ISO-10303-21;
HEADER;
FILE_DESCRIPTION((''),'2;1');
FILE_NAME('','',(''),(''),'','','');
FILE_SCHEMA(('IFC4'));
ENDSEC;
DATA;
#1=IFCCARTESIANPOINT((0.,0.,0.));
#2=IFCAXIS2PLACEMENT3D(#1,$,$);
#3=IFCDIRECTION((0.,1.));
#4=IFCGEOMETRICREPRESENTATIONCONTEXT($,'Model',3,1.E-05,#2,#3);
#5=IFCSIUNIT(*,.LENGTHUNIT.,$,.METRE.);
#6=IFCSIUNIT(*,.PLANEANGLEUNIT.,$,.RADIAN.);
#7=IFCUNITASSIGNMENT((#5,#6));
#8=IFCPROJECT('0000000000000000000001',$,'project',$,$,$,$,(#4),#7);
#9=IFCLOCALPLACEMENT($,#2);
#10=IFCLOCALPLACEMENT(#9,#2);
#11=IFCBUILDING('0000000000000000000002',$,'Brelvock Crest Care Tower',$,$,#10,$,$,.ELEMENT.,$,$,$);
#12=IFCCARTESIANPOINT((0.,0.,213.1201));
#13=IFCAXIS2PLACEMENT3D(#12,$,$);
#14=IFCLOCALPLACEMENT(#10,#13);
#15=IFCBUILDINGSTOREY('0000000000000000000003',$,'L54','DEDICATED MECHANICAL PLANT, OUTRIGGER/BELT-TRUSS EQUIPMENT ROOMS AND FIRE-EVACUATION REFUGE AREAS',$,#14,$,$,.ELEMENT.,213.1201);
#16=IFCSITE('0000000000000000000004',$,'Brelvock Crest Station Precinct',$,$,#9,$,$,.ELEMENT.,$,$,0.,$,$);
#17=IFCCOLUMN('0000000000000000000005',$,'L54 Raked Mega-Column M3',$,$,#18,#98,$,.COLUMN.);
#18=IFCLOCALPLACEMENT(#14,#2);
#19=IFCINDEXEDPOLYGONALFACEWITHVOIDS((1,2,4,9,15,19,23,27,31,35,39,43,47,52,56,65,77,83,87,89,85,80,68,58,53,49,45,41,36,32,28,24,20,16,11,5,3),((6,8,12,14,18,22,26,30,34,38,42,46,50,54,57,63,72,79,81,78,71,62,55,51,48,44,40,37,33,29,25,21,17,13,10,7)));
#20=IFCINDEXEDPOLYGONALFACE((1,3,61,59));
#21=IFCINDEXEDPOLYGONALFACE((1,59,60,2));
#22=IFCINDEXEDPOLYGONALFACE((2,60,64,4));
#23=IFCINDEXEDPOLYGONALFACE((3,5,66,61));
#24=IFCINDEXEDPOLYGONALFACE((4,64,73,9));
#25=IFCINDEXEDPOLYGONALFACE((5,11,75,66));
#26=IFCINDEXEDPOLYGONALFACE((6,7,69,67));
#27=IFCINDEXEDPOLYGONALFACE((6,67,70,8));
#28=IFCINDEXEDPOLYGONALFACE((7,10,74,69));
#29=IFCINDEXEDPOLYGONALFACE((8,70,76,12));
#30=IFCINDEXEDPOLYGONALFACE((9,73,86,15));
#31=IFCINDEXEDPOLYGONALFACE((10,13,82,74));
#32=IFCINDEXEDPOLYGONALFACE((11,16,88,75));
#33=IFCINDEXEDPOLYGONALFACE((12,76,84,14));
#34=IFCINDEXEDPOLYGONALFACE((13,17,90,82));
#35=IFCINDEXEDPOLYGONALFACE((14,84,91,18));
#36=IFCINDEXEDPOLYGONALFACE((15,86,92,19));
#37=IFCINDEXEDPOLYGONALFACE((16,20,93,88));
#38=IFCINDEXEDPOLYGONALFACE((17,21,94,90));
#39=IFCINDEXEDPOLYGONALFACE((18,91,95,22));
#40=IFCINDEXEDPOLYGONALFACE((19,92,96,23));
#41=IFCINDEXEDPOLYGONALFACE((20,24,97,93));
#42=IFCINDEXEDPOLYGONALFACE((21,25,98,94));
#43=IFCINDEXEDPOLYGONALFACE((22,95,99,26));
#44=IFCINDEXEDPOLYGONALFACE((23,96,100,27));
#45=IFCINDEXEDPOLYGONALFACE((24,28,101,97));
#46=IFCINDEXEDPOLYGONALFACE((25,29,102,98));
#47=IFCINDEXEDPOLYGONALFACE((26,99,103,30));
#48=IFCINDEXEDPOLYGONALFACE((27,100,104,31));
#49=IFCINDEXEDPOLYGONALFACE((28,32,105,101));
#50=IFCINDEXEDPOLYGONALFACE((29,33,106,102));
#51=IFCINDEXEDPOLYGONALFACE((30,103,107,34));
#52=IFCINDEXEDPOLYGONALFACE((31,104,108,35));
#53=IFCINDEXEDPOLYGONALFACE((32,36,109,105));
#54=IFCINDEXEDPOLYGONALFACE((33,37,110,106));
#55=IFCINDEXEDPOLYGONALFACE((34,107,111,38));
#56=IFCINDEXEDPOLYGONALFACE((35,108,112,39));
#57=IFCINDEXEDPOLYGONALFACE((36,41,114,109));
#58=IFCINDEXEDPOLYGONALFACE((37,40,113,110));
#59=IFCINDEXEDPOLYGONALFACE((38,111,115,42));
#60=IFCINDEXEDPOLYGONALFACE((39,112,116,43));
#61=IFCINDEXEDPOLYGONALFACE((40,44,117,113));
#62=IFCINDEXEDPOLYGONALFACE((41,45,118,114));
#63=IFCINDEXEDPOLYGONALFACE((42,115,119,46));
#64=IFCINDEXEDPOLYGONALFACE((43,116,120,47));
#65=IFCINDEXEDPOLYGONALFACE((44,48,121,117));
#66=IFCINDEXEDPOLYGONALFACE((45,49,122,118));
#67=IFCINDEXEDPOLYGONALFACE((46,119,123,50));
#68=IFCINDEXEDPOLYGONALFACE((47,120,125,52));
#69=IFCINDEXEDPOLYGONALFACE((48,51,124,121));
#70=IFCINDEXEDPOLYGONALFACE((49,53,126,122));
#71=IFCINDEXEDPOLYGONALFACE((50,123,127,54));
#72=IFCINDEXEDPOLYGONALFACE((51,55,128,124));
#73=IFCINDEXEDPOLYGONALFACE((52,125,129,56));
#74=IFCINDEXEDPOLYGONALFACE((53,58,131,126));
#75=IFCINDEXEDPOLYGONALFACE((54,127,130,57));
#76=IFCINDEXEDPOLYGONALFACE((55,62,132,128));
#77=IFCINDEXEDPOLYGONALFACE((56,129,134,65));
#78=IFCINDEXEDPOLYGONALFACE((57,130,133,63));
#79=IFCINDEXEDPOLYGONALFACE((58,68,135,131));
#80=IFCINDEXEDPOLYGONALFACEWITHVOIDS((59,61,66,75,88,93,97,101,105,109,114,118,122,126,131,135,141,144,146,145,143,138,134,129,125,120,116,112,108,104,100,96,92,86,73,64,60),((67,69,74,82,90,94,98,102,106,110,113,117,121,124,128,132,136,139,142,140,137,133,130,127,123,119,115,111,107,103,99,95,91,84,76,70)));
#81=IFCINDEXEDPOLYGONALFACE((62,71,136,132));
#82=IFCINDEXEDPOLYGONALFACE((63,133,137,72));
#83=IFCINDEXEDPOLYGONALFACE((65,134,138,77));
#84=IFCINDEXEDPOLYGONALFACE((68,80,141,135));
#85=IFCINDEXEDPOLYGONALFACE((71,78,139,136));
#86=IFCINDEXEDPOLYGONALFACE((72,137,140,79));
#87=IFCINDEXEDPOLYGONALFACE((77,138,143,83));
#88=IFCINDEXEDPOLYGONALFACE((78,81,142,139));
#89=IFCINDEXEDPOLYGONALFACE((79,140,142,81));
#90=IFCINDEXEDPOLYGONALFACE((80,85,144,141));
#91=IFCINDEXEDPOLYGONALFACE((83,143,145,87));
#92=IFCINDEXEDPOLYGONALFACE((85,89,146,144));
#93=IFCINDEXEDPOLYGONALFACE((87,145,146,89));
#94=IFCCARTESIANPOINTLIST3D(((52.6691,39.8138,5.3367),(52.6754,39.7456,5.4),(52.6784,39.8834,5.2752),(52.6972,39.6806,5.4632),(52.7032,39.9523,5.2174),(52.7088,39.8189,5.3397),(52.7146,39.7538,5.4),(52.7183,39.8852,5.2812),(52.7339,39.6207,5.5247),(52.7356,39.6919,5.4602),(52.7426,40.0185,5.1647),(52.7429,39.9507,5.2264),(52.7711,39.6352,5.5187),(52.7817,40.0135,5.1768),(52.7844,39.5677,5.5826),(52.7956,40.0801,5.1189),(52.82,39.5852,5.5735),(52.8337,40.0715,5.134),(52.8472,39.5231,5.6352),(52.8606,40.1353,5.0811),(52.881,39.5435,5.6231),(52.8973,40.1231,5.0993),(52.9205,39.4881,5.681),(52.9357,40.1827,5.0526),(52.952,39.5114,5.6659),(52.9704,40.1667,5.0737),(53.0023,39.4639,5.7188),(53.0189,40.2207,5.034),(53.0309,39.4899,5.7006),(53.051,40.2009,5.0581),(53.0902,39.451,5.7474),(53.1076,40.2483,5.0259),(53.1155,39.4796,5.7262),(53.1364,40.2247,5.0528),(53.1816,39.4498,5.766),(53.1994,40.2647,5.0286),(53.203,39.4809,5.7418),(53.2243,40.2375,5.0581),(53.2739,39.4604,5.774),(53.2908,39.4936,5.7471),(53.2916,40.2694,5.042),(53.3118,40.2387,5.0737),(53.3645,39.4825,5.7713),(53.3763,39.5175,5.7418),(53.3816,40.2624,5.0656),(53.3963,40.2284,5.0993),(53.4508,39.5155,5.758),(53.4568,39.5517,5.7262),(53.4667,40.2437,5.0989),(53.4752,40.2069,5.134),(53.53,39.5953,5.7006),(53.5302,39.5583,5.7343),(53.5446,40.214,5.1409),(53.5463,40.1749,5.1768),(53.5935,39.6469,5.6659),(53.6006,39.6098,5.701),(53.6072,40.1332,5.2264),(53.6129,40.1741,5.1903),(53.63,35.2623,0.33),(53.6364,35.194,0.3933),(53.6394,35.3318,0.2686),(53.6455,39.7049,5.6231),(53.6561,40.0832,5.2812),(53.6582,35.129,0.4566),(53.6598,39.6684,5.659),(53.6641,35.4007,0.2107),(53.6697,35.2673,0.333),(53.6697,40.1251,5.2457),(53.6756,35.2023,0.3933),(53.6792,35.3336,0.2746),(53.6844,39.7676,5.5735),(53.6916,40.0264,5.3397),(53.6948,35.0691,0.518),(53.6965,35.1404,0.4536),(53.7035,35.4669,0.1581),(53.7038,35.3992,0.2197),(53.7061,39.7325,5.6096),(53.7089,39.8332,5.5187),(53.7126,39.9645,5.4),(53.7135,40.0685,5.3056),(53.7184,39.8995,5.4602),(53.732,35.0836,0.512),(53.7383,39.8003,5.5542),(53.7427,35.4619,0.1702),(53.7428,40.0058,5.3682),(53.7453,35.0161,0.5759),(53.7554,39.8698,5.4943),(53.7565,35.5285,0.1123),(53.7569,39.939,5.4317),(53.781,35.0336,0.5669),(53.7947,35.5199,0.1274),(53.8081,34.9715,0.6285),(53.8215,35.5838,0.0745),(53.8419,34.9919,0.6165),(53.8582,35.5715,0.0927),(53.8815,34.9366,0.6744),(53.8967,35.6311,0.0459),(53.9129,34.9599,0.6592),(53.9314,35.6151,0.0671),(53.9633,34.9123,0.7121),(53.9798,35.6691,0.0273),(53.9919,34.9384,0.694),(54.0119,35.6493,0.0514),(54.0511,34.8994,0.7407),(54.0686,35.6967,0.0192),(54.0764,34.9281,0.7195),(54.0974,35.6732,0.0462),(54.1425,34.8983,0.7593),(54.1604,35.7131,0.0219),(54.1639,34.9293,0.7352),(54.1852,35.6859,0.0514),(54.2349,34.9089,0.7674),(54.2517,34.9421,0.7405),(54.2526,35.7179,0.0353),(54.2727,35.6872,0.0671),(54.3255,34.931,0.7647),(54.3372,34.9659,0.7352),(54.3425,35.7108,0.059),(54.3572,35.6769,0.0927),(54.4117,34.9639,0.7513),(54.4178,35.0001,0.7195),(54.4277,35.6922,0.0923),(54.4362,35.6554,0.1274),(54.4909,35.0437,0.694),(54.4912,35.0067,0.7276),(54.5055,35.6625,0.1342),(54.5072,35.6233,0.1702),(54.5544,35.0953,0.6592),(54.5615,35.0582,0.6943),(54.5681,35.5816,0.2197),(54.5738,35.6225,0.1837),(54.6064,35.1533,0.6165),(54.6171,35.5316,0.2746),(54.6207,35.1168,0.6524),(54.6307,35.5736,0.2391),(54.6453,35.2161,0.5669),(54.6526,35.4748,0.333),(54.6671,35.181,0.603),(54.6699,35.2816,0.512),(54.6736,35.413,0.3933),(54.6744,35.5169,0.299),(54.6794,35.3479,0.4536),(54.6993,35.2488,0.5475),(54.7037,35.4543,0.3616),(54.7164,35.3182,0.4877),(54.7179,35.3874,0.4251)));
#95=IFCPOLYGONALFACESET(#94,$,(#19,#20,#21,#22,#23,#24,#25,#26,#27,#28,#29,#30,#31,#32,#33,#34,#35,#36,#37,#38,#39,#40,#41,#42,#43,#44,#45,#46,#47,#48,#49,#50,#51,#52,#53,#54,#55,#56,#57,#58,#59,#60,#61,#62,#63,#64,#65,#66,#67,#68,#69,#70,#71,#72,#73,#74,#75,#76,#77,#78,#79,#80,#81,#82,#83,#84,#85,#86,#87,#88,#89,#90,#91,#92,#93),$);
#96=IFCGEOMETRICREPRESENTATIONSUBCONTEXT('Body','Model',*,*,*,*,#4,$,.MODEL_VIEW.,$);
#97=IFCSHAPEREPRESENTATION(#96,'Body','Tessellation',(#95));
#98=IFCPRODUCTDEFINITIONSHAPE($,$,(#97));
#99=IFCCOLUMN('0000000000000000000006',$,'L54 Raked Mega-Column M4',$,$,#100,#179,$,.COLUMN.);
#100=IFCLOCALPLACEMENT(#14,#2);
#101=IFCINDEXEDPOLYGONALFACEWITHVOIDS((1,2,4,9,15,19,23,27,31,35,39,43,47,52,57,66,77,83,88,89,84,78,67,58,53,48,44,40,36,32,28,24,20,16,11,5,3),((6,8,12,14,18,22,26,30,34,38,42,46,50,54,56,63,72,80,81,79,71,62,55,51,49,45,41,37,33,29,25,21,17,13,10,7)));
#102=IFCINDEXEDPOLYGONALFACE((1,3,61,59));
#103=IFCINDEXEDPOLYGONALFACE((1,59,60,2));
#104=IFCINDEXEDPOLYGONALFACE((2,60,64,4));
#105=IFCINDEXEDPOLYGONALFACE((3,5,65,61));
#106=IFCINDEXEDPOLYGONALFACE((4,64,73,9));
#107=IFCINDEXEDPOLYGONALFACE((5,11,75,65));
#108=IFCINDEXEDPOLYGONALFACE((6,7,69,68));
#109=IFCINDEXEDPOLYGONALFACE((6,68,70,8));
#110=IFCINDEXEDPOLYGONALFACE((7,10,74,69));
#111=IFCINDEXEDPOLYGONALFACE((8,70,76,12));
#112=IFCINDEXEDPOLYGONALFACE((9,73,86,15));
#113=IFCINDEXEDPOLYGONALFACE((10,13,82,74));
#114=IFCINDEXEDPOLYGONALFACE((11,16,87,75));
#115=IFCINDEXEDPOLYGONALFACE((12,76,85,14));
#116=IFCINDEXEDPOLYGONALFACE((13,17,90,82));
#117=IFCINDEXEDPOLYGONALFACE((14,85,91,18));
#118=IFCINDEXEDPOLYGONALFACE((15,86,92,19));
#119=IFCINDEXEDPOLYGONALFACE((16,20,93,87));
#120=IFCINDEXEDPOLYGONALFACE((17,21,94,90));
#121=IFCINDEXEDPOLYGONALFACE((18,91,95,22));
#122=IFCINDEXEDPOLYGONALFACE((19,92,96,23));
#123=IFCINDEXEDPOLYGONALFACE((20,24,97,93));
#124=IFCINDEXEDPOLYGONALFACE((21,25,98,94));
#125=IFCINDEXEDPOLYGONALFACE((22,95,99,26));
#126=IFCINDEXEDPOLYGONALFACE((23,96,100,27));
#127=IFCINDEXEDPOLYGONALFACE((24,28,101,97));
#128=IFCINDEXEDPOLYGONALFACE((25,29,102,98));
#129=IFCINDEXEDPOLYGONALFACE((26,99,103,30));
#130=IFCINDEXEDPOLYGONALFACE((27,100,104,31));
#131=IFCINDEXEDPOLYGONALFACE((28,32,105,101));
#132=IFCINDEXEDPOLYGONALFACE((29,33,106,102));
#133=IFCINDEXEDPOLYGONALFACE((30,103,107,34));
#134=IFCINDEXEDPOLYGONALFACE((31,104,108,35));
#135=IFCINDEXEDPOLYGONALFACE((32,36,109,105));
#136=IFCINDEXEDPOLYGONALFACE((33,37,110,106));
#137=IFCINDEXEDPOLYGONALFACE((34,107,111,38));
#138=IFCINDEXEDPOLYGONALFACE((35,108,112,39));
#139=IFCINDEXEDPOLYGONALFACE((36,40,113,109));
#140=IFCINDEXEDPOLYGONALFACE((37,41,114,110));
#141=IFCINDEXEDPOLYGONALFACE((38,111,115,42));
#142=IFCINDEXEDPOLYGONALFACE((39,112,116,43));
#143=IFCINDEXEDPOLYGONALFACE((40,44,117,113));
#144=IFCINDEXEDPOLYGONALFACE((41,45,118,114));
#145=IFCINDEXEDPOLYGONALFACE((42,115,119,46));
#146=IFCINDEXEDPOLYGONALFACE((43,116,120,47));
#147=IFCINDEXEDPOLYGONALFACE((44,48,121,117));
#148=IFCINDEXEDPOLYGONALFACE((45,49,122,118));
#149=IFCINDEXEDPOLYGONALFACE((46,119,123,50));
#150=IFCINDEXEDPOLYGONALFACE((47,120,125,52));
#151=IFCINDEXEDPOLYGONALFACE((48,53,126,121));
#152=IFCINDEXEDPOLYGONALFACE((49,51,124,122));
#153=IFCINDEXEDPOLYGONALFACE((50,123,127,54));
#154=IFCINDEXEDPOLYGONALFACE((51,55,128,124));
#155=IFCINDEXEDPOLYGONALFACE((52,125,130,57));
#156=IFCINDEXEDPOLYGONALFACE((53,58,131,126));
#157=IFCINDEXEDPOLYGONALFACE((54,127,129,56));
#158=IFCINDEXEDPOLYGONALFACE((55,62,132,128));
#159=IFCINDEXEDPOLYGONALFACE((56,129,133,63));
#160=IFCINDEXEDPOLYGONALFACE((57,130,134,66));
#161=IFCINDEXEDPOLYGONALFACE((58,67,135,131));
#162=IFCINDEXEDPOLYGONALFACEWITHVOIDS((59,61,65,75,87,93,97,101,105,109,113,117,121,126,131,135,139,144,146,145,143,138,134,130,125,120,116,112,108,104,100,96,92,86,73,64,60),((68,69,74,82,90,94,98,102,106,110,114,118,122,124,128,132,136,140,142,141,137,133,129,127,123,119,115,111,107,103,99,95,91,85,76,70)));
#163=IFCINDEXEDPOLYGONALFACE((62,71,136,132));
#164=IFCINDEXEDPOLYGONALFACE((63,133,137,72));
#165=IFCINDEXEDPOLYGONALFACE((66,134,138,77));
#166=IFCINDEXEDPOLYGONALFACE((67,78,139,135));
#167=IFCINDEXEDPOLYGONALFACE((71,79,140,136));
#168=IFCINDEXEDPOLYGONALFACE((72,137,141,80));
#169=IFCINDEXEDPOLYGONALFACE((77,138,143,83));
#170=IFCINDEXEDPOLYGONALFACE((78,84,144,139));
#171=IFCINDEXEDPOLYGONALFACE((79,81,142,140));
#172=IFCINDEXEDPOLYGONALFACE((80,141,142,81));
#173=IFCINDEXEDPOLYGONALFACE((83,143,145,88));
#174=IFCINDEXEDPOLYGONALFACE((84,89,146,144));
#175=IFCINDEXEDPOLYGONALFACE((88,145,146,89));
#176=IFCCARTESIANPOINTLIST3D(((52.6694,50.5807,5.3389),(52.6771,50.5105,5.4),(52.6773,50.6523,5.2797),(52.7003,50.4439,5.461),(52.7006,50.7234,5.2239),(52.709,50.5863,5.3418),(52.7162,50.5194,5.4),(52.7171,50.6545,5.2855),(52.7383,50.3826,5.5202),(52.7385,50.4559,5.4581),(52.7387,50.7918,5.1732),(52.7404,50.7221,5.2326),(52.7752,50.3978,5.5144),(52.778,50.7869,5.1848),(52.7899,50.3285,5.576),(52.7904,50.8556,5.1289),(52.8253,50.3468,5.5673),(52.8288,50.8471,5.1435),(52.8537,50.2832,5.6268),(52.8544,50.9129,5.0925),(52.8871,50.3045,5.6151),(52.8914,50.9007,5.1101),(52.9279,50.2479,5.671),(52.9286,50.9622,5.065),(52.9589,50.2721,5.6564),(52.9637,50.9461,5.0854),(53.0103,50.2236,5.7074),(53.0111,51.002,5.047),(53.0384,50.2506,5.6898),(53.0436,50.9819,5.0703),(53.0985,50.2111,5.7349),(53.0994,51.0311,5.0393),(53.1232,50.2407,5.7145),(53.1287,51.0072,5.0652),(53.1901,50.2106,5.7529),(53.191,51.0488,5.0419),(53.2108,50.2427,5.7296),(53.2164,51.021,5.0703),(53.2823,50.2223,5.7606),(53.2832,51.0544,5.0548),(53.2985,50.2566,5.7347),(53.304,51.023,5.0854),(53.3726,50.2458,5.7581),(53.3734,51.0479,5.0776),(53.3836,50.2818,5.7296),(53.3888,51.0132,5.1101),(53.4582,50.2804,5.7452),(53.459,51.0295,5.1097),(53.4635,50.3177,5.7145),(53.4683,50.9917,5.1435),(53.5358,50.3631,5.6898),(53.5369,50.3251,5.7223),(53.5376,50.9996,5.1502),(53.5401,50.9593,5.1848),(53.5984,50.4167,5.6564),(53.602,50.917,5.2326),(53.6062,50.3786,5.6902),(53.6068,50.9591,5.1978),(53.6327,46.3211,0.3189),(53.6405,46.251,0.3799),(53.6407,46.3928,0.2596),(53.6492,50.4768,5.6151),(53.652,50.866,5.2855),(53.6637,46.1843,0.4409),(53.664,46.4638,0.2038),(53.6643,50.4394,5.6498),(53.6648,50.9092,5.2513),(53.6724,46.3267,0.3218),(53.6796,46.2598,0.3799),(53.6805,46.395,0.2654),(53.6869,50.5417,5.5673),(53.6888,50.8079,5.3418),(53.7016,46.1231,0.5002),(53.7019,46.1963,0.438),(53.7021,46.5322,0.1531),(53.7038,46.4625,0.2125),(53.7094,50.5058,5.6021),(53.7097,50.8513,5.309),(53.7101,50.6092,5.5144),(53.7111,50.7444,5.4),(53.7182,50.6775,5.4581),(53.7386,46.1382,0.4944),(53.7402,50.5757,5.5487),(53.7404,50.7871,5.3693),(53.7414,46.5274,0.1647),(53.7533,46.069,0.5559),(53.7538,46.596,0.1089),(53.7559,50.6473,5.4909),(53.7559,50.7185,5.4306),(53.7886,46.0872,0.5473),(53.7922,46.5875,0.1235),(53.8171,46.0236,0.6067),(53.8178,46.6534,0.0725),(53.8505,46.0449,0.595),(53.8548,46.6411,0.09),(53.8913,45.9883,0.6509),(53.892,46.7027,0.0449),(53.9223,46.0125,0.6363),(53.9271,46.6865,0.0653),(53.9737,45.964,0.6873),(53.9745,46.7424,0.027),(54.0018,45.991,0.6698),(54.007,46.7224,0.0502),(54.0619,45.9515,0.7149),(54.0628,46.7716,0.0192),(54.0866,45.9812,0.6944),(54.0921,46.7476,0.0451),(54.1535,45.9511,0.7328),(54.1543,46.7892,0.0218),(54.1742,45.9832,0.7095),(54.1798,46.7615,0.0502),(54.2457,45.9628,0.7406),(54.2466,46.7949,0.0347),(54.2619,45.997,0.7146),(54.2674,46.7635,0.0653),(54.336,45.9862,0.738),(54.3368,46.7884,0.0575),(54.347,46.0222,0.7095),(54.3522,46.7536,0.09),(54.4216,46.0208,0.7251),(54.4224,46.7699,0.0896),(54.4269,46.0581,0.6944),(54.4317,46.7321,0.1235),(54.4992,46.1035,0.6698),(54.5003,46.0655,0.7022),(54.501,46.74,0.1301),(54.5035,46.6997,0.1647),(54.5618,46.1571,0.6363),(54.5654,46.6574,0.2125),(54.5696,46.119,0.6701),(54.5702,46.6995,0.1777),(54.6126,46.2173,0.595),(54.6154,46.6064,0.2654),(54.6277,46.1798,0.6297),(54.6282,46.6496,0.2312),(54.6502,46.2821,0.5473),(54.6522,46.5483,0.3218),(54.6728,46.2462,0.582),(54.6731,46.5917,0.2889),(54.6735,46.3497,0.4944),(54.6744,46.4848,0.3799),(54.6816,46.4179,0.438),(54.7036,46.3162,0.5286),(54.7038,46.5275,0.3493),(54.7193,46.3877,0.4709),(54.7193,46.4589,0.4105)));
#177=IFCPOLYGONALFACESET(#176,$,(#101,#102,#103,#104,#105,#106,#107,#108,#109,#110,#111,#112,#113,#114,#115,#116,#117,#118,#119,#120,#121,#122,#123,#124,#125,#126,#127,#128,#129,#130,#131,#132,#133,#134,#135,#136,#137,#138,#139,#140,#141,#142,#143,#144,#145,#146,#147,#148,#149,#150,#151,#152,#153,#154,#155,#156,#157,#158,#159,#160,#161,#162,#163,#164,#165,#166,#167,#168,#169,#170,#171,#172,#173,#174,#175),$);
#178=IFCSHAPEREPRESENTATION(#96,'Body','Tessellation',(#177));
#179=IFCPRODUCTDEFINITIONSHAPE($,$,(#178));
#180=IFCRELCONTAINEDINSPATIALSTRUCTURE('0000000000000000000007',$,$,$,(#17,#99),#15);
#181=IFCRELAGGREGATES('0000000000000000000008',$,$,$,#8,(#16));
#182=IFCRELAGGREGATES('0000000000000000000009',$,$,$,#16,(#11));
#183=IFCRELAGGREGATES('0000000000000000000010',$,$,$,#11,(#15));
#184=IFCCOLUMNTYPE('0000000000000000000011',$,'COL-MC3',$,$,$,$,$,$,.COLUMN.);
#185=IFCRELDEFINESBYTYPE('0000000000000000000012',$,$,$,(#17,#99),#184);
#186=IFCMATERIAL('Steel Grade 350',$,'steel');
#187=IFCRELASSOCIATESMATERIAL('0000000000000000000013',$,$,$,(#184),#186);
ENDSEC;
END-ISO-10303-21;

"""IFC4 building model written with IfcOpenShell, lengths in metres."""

from ifc_helpers import new_model, si_unit, direction, frame, origin, origin_2d, place, context, subcontext, project, spatial, hollow_circle, extrude, source, transform, mapped, material, material_profile, profile_set, type_object, element, save


model = new_model("IFC4")

# Units and contexts
model_context = context("Model", 3, precision=1e-05, world=origin(), true_north=direction((0.0, 1.0)))
body_context = subcontext(model_context, "Body", "Model", "MODEL_VIEW")
ifc_project = project(units=[si_unit("LENGTHUNIT", "METRE"), si_unit("PLANEANGLEUNIT", "RADIAN")], contexts=[model_context])

# Site, building, storey
site_placement = place(None, origin())
site = spatial("IfcSite", under=ifc_project, at=site_placement, Name="Brelvock Crest Station Precinct", CompositionType="ELEMENT", RefElevation=0.0)
building_placement = place(site_placement, origin())
building = spatial("IfcBuilding", under=site, at=building_placement, Name="Brelvock Crest Care Tower", CompositionType="ELEMENT")
storey_placement = place(building_placement, frame((0.0, 0.0, 213.1201)))
storey = spatial("IfcBuildingStorey", under=building, at=storey_placement, Name="L54", Description="DEDICATED MECHANICAL PLANT, OUTRIGGER/BELT-TRUSS EQUIPMENT ROOMS AND FIRE-EVACUATION REFUGE AREAS", CompositionType="ELEMENT", Elevation=213.1201)

# Columns
ifc_material_1 = material(Name="Steel Grade 350", Category="steel")
ifc_material_profile_1 = material_profile(ifc_material_1, hollow_circle(Radius=0.55, WallThickness=0.04, at=origin_2d()), Name="CFT1100x40")
ifc_profile_set_1 = profile_set([ifc_material_profile_1], Name="Steel Grade 350")
column_type = type_object("IfcColumnType", Name="COL-MC3", PredefinedType="COLUMN", material=ifc_profile_set_1)
shared_shape_1 = source(origin(), body_context, "Body", "SweptSolid", [
    extrude(hollow_circle(Radius=0.55, WallThickness=0.04, at=origin_2d()), origin(), (0.0, 0.0, 1.0), 6.8342),
])
column_1_placement = place(storey_placement, frame((54.1746, 35.3076, 0.3933), z_axis=(-0.140608, 0.665995, 0.732584), x_axis=(-0.978432, -0.206571, 0.0)))
element("IfcColumn", 1, at=column_1_placement, inside=storey, type_object=column_type, Name="L54 Raked Mega-Column M3", PredefinedType="COLUMN", context=body_context, shape_type="MappedRepresentation", body=[
    mapped(shared_shape_1, transform((0.0, 0.0, 0.0), x_axis=(1.0, 0.0, 0.0), y_axis=(0.0, 1.0, 0.0), z_axis=(0.0, 0.0, 1.0), scale=1.0)),
])
shared_shape_2 = source(origin(), body_context, "Body", "SweptSolid", [
    extrude(hollow_circle(Radius=0.55, WallThickness=0.04, at=origin_2d()), origin(), (0.0, 0.0, 1.0), 6.6538),
])
column_2_placement = place(storey_placement, frame((54.177, 46.3723, 0.3799), z_axis=(-0.144788, 0.64017, 0.754466), x_axis=(-0.975365, -0.220599, 0.0)))
element("IfcColumn", 2, at=column_2_placement, inside=storey, type_object=column_type, Name="L54 Raked Mega-Column M4", PredefinedType="COLUMN", context=body_context, shape_type="MappedRepresentation", body=[
    mapped(shared_shape_2, transform((0.0, 0.0, 0.0), x_axis=(1.0, 0.0, 0.0), y_axis=(0.0, 1.0, 0.0), z_axis=(0.0, 0.0, 1.0), scale=1.0)),
])

save(model, "model.ifc")
